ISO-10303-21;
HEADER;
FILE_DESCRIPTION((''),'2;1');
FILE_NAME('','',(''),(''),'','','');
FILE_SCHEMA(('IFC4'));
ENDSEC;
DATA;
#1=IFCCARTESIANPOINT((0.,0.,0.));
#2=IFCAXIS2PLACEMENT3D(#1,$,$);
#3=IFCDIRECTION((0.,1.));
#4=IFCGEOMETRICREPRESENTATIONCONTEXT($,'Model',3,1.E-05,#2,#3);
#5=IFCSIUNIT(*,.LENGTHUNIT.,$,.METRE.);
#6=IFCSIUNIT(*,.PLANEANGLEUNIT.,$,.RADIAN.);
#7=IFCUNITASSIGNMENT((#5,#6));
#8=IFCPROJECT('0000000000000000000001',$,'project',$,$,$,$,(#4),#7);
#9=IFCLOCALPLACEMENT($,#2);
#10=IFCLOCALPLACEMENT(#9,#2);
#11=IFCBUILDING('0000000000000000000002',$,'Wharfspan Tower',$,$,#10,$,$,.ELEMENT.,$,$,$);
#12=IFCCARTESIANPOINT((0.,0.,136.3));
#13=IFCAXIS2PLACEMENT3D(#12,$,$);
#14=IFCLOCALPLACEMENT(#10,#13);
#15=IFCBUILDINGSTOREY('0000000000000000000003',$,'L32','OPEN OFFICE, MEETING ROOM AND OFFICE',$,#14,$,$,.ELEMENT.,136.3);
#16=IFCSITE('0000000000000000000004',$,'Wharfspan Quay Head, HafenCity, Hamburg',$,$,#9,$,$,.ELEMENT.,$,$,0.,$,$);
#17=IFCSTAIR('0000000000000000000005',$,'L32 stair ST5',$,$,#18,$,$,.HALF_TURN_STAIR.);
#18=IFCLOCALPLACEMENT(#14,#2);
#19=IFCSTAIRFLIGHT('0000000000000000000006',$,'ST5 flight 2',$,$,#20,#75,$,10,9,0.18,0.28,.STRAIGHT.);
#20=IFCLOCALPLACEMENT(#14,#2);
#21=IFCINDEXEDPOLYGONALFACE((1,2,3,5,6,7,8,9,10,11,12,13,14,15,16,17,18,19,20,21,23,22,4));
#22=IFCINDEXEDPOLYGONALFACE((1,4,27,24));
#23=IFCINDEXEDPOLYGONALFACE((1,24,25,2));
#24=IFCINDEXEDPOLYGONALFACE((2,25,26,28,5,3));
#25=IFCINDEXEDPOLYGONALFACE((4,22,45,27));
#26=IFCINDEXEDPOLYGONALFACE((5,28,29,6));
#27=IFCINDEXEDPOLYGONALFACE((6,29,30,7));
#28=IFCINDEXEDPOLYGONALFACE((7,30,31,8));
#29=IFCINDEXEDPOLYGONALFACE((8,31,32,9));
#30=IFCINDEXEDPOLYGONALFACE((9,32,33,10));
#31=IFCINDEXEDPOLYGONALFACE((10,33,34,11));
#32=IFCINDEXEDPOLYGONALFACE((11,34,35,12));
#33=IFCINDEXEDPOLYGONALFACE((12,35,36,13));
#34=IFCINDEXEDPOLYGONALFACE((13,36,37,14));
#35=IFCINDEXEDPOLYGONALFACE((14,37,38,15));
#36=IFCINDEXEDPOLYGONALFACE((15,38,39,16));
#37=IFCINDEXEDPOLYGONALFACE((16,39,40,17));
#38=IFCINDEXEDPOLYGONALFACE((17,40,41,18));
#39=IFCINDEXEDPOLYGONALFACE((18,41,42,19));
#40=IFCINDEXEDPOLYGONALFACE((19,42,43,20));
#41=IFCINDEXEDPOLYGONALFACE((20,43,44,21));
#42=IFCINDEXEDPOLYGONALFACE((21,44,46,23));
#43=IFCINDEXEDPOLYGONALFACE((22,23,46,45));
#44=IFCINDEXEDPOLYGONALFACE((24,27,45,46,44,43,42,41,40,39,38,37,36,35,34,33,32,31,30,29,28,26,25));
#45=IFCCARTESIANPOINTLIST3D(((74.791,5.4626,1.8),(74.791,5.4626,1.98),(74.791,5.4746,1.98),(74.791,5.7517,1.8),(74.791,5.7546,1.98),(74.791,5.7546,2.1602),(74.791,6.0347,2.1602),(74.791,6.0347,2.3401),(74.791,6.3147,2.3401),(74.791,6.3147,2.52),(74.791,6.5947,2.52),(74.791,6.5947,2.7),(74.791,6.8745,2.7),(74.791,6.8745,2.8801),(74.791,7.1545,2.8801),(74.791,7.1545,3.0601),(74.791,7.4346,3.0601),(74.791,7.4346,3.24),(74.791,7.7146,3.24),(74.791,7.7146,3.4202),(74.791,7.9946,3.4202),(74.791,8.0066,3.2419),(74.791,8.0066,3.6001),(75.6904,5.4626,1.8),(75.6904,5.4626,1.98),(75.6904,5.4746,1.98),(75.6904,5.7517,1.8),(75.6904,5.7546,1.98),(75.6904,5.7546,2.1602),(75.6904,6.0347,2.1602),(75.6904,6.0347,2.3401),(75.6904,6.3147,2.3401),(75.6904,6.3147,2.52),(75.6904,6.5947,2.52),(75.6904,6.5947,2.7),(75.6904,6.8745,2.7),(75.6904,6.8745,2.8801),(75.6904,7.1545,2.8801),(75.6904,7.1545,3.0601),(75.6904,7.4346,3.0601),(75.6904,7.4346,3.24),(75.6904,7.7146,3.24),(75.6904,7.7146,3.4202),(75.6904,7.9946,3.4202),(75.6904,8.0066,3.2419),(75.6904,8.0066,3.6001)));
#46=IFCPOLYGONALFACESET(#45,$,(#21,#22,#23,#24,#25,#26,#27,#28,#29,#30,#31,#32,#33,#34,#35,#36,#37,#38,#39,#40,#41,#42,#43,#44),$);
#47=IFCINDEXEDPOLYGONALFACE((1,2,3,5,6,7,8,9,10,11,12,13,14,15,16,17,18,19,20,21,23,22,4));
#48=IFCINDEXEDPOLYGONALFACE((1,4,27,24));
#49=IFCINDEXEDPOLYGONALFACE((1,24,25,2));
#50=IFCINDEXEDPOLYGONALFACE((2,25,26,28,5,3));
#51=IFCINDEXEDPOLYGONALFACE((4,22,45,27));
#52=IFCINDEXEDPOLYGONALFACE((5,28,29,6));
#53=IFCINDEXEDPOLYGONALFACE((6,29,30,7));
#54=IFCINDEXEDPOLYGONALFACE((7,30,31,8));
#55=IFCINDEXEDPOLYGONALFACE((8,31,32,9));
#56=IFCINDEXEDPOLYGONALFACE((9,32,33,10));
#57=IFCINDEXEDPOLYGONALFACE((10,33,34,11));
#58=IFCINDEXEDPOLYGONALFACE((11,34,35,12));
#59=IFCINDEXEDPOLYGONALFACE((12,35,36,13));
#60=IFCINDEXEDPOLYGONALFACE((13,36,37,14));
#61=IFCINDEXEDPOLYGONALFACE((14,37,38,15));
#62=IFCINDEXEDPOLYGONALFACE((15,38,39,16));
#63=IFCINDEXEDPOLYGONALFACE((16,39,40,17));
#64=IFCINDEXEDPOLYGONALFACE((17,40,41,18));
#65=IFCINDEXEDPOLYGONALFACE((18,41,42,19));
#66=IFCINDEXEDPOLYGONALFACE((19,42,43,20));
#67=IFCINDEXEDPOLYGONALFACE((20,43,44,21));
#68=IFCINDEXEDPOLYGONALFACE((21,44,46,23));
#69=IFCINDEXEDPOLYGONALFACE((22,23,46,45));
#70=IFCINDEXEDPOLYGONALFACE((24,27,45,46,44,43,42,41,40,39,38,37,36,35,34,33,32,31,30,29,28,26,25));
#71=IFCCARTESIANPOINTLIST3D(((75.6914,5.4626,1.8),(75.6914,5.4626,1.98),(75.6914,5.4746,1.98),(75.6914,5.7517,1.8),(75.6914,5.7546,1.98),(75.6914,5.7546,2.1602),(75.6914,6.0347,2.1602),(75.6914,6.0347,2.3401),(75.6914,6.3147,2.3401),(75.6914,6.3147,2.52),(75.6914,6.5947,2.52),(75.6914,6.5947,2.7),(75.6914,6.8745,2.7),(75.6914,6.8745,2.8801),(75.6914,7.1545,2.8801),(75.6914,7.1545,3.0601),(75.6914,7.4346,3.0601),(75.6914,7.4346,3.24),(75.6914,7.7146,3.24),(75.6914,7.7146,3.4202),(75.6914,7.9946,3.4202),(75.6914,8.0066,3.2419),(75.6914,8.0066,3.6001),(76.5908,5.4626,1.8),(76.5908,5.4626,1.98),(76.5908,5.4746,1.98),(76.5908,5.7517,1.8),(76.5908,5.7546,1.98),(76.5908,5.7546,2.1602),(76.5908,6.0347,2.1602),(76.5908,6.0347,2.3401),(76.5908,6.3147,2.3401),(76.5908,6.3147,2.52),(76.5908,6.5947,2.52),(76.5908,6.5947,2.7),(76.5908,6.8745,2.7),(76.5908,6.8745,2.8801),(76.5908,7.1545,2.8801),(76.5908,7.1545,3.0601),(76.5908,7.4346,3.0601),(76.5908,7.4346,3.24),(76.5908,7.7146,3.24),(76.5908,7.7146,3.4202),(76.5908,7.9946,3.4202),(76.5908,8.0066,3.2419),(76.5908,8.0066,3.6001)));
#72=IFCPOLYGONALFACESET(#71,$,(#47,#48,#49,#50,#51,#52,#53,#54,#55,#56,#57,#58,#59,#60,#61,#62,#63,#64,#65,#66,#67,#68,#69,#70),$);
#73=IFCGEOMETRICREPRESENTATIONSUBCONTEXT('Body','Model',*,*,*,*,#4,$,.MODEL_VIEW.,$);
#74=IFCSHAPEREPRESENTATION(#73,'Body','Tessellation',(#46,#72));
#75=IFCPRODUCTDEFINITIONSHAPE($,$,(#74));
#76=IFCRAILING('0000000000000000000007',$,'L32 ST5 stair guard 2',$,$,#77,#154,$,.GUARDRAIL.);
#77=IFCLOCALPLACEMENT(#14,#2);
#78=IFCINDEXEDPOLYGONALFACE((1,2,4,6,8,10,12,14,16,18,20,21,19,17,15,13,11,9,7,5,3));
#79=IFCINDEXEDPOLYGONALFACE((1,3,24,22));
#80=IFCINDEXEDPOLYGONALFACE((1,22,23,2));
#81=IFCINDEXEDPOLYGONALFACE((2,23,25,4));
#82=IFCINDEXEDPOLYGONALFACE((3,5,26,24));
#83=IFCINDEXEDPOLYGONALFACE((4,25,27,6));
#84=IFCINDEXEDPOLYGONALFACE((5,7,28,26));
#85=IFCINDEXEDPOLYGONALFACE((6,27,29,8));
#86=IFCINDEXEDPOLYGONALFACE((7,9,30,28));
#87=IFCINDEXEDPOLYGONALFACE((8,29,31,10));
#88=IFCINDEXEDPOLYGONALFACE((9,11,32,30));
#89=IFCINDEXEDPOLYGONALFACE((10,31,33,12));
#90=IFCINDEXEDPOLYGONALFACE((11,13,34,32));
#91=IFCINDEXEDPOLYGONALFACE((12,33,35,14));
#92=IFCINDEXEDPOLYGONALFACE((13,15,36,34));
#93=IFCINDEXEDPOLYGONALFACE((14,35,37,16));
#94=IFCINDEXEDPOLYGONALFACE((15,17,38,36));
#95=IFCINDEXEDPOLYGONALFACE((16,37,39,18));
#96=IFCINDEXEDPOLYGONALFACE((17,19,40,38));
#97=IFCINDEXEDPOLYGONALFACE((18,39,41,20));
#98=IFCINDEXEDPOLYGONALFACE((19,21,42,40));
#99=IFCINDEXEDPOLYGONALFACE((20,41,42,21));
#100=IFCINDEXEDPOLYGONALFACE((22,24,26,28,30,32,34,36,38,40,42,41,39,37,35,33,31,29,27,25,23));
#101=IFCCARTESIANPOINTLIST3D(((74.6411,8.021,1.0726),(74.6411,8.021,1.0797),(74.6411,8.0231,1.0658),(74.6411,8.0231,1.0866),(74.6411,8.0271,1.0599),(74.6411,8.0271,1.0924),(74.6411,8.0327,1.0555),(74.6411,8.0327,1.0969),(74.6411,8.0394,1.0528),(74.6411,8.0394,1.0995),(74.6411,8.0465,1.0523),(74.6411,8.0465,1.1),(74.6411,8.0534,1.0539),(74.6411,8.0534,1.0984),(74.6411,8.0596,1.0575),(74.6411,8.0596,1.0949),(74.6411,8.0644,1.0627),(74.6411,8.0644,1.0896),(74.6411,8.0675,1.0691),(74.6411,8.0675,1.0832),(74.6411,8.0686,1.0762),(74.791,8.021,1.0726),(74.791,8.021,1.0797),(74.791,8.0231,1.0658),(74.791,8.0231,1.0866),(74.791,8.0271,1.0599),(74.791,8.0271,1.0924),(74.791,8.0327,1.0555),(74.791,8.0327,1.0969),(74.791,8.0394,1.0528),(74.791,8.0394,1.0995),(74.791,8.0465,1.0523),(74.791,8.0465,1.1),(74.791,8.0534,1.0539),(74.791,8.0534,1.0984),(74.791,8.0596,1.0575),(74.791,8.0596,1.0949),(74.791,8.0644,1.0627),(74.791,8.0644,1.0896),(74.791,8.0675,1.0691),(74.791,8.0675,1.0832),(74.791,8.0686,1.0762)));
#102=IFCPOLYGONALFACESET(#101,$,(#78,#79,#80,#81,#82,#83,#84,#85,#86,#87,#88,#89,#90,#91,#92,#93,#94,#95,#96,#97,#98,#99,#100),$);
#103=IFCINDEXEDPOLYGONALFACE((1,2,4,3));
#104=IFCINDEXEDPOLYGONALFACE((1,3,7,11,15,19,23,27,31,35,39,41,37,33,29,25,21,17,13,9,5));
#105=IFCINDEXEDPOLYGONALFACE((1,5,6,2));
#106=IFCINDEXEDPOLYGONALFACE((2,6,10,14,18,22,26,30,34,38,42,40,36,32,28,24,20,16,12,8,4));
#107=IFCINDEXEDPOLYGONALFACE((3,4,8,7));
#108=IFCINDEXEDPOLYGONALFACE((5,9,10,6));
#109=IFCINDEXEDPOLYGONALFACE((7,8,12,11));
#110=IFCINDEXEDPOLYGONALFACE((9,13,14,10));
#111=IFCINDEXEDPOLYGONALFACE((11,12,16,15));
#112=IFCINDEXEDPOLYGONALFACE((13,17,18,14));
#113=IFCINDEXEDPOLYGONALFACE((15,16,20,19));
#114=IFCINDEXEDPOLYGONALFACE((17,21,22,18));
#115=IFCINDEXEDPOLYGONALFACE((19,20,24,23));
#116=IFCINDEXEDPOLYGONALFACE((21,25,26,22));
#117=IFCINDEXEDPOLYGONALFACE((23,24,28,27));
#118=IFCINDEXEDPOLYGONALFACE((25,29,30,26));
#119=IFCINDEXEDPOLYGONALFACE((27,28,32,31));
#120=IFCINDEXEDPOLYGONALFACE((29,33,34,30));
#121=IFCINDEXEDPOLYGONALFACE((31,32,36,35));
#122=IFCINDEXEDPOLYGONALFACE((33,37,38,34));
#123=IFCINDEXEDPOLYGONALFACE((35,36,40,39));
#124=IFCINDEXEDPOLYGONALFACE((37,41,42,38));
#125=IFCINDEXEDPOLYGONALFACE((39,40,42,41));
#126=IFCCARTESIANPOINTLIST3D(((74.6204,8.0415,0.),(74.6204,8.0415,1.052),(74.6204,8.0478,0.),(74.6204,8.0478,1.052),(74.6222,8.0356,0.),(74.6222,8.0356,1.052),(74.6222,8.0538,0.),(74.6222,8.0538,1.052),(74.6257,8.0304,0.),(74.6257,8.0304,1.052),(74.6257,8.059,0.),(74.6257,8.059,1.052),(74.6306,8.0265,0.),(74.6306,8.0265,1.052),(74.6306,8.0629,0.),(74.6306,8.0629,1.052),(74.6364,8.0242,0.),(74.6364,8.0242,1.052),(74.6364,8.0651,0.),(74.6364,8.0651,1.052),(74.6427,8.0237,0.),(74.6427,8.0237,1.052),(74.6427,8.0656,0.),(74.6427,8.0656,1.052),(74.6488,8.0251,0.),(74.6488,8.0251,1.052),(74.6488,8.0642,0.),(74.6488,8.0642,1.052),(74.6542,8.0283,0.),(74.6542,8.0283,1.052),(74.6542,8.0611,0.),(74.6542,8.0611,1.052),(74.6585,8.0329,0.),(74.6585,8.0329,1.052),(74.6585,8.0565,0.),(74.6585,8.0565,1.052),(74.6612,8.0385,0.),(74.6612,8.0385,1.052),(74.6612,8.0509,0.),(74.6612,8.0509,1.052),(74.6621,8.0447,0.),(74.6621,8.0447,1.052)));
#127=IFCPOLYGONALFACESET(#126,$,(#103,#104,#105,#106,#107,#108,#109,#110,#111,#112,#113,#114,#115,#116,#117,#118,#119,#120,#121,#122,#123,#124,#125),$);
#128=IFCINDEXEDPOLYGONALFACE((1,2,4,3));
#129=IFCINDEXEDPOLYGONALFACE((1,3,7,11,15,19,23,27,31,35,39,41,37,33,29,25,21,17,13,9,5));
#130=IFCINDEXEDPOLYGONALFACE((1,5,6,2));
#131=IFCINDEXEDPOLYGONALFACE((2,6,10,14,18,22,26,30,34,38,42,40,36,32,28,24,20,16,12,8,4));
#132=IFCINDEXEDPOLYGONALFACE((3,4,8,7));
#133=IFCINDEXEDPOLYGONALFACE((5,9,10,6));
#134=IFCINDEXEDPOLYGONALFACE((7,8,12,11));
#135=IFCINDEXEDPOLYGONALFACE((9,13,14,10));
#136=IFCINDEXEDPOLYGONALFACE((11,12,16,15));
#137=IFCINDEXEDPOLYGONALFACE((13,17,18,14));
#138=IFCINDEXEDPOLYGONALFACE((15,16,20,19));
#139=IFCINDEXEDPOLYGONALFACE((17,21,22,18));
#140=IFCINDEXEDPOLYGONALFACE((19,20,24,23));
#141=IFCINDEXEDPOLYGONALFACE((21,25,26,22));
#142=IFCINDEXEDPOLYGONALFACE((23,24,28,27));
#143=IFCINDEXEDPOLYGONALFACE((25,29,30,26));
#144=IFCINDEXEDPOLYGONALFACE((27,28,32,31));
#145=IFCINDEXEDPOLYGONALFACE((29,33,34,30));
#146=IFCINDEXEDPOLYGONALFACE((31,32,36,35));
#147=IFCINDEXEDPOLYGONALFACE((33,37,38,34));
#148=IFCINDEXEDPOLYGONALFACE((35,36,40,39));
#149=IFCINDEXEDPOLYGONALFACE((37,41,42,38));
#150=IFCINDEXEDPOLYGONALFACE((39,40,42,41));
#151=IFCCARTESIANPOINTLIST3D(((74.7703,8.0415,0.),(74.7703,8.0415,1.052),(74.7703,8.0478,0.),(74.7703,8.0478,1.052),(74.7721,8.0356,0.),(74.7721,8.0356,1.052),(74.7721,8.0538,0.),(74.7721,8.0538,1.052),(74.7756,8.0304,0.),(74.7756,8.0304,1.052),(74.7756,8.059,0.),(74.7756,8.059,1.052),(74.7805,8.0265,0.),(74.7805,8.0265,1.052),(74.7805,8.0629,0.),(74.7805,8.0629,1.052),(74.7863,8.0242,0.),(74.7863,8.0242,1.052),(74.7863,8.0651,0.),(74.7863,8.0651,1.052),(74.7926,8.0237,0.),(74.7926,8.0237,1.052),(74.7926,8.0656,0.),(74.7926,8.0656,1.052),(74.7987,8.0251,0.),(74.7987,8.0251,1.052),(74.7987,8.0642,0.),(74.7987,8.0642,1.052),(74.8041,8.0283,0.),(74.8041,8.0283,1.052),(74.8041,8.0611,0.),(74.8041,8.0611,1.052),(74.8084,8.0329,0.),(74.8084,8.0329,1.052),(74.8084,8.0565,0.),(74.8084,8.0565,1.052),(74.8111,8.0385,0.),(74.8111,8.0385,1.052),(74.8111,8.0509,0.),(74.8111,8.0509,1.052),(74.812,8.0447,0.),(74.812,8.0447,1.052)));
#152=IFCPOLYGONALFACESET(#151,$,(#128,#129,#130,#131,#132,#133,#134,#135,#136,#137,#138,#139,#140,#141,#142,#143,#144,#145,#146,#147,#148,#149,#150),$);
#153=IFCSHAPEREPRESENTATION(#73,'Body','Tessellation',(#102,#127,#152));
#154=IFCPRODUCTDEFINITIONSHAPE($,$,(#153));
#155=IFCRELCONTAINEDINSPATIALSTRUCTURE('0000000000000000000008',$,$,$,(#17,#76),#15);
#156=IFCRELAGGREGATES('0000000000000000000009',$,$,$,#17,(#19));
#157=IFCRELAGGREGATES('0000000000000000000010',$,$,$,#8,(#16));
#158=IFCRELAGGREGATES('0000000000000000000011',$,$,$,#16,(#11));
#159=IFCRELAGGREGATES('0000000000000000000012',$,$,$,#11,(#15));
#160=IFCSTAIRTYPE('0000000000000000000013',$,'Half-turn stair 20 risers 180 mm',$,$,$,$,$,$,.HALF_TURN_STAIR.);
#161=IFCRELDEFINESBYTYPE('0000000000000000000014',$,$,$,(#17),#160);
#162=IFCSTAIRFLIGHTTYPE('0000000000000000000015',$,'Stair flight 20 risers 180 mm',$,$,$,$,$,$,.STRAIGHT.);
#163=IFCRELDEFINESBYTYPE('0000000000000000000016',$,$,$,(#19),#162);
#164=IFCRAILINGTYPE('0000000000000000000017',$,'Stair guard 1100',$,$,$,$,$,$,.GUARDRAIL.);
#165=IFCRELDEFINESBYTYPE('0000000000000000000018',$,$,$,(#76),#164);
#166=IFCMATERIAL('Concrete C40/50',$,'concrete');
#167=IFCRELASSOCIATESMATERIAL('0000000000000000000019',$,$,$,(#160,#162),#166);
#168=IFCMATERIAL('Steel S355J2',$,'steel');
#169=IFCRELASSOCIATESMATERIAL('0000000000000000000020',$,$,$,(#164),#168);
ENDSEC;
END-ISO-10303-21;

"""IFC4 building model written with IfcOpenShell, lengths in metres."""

from ifc_helpers import new_model, si_unit, direction, frame, origin, origin_2d, place, context, subcontext, project, spatial, polyline, circle, outline, extrude, material, type_object, element, aggregate, save


model = new_model("IFC4")

# Units and contexts
model_context = context("Model", 3, precision=1e-05, world=origin(), true_north=direction((0.0, 1.0)))
body_context = subcontext(model_context, "Body", "Model", "MODEL_VIEW")
ifc_project = project(units=[si_unit("LENGTHUNIT", "METRE"), si_unit("PLANEANGLEUNIT", "RADIAN")], contexts=[model_context])

# Site, building, storey
site_placement = place(None, origin())
site = spatial("IfcSite", under=ifc_project, at=site_placement, Name="Wharfspan Quay Head, HafenCity, Hamburg", CompositionType="ELEMENT", RefElevation=0.0)
building_placement = place(site_placement, origin())
building = spatial("IfcBuilding", under=site, at=building_placement, Name="Wharfspan Tower", CompositionType="ELEMENT")
storey_placement = place(building_placement, frame((0.0, 0.0, 136.3)))
storey = spatial("IfcBuildingStorey", under=building, at=storey_placement, Name="L32", Description="OPEN OFFICE, MEETING ROOM AND OFFICE", CompositionType="ELEMENT", Elevation=136.3)

# Shared definitions
ifc_material_1 = material(Name="Concrete C40/50", Category="concrete")

# Stair, stair flight
stair_type = type_object("IfcStairType", Name="Half-turn stair 20 risers 180 mm", PredefinedType="HALF_TURN_STAIR", material=ifc_material_1)
stair_placement = place(storey_placement, origin())
stair = element("IfcStair", 1, at=stair_placement, inside=storey, type_object=stair_type, Name="L32 stair ST5", PredefinedType="HALF_TURN_STAIR")
stair_flight_type = type_object("IfcStairFlightType", Name="Stair flight 20 risers 180 mm", PredefinedType="STRAIGHT", material=ifc_material_1)
stair_flight_1_placement = place(storey_placement, frame((75.6909, 5.4746, 1.8), z_axis=(0.0, 0.0, 1.0), x_axis=(0.0, 1.0, 0.0)))
stair_flight_1 = element("IfcStairFlight", 2, at=stair_flight_1_placement, type_object=stair_flight_type, Name="ST5 flight 2", NumberOfRisers=10, NumberOfTreads=9, PredefinedType="STRAIGHT", RiserHeight=0.18, TreadLength=0.28, context=body_context, shape_type="SweptSolid", body=[
    extrude(outline(polyline([(-0.012, 0.0), (-0.012, 0.1799), (0.0, 0.1799), (0.28, 0.1799), (0.28, 0.3601), (0.5601, 0.3601), (0.5601, 0.54), (0.8401, 0.54), (0.8401, 0.72), (1.1201, 0.72), (1.1201, 0.8999), (1.3999, 0.8999), (1.3999, 1.0801), (1.6799, 1.0801), (1.6799, 1.26), (1.96, 1.26), (1.96, 1.4399), (2.24, 1.4399), (2.24, 1.6201), (2.52, 1.6201), (2.532, 1.8), (2.532, 1.4419), (0.2771, 0.0), (-0.012, 0.0)])), frame((0.0, 0.8999, 0.0), z_axis=(0.0, -1.0, 0.0), x_axis=(1.0, 0.0, 0.0)), (0.0, 0.0, 1.0), 0.8994),
    extrude(outline(polyline([(-0.012, 0.0), (-0.012, 0.1799), (0.0, 0.1799), (0.28, 0.1799), (0.28, 0.3601), (0.5601, 0.3601), (0.5601, 0.54), (0.8401, 0.54), (0.8401, 0.72), (1.1201, 0.72), (1.1201, 0.8999), (1.3999, 0.8999), (1.3999, 1.0801), (1.6799, 1.0801), (1.6799, 1.26), (1.96, 1.26), (1.96, 1.4399), (2.24, 1.4399), (2.24, 1.6201), (2.52, 1.6201), (2.532, 1.8), (2.532, 1.4419), (0.2771, 0.0), (-0.012, 0.0)])), frame((0.0, -0.0005, 0.0), z_axis=(0.0, -1.0, 0.0), x_axis=(1.0, 0.0, 0.0)), (0.0, 0.0, 1.0), 0.8994),
])
aggregate(stair, [stair_flight_1])

# Railing
ifc_material_2 = material(Name="Steel S355J2", Category="steel")
railing_type_1 = type_object("IfcRailingType", Name="Stair guard 1100", PredefinedType="GUARDRAIL", material=ifc_material_2)
railing_1_placement = place(storey_placement, frame((74.6411, 8.0447, 0.0)))
element("IfcRailing", 3, at=railing_1_placement, inside=storey, type_object=railing_type_1, Name="L32 ST5 stair guard 2", PredefinedType="GUARDRAIL", context=body_context, shape_type="SweptSolid", body=[
    extrude(circle(Radius=0.0239, at=origin_2d()), frame((0.0, 0.0, 1.0762), z_axis=(1.0, 0.0, 0.0), x_axis=(0.0, 1.0, 0.0)), (0.0, 0.0, 1.0), 0.1499),
    extrude(circle(Radius=0.021, at=origin_2d()), origin(), (0.0, 0.0, 1.0), 1.052),
    extrude(circle(Radius=0.021, at=origin_2d()), frame((0.1499, 0.0, 0.0)), (0.0, 0.0, 1.0), 1.052),
])

save(model, "model.ifc")
